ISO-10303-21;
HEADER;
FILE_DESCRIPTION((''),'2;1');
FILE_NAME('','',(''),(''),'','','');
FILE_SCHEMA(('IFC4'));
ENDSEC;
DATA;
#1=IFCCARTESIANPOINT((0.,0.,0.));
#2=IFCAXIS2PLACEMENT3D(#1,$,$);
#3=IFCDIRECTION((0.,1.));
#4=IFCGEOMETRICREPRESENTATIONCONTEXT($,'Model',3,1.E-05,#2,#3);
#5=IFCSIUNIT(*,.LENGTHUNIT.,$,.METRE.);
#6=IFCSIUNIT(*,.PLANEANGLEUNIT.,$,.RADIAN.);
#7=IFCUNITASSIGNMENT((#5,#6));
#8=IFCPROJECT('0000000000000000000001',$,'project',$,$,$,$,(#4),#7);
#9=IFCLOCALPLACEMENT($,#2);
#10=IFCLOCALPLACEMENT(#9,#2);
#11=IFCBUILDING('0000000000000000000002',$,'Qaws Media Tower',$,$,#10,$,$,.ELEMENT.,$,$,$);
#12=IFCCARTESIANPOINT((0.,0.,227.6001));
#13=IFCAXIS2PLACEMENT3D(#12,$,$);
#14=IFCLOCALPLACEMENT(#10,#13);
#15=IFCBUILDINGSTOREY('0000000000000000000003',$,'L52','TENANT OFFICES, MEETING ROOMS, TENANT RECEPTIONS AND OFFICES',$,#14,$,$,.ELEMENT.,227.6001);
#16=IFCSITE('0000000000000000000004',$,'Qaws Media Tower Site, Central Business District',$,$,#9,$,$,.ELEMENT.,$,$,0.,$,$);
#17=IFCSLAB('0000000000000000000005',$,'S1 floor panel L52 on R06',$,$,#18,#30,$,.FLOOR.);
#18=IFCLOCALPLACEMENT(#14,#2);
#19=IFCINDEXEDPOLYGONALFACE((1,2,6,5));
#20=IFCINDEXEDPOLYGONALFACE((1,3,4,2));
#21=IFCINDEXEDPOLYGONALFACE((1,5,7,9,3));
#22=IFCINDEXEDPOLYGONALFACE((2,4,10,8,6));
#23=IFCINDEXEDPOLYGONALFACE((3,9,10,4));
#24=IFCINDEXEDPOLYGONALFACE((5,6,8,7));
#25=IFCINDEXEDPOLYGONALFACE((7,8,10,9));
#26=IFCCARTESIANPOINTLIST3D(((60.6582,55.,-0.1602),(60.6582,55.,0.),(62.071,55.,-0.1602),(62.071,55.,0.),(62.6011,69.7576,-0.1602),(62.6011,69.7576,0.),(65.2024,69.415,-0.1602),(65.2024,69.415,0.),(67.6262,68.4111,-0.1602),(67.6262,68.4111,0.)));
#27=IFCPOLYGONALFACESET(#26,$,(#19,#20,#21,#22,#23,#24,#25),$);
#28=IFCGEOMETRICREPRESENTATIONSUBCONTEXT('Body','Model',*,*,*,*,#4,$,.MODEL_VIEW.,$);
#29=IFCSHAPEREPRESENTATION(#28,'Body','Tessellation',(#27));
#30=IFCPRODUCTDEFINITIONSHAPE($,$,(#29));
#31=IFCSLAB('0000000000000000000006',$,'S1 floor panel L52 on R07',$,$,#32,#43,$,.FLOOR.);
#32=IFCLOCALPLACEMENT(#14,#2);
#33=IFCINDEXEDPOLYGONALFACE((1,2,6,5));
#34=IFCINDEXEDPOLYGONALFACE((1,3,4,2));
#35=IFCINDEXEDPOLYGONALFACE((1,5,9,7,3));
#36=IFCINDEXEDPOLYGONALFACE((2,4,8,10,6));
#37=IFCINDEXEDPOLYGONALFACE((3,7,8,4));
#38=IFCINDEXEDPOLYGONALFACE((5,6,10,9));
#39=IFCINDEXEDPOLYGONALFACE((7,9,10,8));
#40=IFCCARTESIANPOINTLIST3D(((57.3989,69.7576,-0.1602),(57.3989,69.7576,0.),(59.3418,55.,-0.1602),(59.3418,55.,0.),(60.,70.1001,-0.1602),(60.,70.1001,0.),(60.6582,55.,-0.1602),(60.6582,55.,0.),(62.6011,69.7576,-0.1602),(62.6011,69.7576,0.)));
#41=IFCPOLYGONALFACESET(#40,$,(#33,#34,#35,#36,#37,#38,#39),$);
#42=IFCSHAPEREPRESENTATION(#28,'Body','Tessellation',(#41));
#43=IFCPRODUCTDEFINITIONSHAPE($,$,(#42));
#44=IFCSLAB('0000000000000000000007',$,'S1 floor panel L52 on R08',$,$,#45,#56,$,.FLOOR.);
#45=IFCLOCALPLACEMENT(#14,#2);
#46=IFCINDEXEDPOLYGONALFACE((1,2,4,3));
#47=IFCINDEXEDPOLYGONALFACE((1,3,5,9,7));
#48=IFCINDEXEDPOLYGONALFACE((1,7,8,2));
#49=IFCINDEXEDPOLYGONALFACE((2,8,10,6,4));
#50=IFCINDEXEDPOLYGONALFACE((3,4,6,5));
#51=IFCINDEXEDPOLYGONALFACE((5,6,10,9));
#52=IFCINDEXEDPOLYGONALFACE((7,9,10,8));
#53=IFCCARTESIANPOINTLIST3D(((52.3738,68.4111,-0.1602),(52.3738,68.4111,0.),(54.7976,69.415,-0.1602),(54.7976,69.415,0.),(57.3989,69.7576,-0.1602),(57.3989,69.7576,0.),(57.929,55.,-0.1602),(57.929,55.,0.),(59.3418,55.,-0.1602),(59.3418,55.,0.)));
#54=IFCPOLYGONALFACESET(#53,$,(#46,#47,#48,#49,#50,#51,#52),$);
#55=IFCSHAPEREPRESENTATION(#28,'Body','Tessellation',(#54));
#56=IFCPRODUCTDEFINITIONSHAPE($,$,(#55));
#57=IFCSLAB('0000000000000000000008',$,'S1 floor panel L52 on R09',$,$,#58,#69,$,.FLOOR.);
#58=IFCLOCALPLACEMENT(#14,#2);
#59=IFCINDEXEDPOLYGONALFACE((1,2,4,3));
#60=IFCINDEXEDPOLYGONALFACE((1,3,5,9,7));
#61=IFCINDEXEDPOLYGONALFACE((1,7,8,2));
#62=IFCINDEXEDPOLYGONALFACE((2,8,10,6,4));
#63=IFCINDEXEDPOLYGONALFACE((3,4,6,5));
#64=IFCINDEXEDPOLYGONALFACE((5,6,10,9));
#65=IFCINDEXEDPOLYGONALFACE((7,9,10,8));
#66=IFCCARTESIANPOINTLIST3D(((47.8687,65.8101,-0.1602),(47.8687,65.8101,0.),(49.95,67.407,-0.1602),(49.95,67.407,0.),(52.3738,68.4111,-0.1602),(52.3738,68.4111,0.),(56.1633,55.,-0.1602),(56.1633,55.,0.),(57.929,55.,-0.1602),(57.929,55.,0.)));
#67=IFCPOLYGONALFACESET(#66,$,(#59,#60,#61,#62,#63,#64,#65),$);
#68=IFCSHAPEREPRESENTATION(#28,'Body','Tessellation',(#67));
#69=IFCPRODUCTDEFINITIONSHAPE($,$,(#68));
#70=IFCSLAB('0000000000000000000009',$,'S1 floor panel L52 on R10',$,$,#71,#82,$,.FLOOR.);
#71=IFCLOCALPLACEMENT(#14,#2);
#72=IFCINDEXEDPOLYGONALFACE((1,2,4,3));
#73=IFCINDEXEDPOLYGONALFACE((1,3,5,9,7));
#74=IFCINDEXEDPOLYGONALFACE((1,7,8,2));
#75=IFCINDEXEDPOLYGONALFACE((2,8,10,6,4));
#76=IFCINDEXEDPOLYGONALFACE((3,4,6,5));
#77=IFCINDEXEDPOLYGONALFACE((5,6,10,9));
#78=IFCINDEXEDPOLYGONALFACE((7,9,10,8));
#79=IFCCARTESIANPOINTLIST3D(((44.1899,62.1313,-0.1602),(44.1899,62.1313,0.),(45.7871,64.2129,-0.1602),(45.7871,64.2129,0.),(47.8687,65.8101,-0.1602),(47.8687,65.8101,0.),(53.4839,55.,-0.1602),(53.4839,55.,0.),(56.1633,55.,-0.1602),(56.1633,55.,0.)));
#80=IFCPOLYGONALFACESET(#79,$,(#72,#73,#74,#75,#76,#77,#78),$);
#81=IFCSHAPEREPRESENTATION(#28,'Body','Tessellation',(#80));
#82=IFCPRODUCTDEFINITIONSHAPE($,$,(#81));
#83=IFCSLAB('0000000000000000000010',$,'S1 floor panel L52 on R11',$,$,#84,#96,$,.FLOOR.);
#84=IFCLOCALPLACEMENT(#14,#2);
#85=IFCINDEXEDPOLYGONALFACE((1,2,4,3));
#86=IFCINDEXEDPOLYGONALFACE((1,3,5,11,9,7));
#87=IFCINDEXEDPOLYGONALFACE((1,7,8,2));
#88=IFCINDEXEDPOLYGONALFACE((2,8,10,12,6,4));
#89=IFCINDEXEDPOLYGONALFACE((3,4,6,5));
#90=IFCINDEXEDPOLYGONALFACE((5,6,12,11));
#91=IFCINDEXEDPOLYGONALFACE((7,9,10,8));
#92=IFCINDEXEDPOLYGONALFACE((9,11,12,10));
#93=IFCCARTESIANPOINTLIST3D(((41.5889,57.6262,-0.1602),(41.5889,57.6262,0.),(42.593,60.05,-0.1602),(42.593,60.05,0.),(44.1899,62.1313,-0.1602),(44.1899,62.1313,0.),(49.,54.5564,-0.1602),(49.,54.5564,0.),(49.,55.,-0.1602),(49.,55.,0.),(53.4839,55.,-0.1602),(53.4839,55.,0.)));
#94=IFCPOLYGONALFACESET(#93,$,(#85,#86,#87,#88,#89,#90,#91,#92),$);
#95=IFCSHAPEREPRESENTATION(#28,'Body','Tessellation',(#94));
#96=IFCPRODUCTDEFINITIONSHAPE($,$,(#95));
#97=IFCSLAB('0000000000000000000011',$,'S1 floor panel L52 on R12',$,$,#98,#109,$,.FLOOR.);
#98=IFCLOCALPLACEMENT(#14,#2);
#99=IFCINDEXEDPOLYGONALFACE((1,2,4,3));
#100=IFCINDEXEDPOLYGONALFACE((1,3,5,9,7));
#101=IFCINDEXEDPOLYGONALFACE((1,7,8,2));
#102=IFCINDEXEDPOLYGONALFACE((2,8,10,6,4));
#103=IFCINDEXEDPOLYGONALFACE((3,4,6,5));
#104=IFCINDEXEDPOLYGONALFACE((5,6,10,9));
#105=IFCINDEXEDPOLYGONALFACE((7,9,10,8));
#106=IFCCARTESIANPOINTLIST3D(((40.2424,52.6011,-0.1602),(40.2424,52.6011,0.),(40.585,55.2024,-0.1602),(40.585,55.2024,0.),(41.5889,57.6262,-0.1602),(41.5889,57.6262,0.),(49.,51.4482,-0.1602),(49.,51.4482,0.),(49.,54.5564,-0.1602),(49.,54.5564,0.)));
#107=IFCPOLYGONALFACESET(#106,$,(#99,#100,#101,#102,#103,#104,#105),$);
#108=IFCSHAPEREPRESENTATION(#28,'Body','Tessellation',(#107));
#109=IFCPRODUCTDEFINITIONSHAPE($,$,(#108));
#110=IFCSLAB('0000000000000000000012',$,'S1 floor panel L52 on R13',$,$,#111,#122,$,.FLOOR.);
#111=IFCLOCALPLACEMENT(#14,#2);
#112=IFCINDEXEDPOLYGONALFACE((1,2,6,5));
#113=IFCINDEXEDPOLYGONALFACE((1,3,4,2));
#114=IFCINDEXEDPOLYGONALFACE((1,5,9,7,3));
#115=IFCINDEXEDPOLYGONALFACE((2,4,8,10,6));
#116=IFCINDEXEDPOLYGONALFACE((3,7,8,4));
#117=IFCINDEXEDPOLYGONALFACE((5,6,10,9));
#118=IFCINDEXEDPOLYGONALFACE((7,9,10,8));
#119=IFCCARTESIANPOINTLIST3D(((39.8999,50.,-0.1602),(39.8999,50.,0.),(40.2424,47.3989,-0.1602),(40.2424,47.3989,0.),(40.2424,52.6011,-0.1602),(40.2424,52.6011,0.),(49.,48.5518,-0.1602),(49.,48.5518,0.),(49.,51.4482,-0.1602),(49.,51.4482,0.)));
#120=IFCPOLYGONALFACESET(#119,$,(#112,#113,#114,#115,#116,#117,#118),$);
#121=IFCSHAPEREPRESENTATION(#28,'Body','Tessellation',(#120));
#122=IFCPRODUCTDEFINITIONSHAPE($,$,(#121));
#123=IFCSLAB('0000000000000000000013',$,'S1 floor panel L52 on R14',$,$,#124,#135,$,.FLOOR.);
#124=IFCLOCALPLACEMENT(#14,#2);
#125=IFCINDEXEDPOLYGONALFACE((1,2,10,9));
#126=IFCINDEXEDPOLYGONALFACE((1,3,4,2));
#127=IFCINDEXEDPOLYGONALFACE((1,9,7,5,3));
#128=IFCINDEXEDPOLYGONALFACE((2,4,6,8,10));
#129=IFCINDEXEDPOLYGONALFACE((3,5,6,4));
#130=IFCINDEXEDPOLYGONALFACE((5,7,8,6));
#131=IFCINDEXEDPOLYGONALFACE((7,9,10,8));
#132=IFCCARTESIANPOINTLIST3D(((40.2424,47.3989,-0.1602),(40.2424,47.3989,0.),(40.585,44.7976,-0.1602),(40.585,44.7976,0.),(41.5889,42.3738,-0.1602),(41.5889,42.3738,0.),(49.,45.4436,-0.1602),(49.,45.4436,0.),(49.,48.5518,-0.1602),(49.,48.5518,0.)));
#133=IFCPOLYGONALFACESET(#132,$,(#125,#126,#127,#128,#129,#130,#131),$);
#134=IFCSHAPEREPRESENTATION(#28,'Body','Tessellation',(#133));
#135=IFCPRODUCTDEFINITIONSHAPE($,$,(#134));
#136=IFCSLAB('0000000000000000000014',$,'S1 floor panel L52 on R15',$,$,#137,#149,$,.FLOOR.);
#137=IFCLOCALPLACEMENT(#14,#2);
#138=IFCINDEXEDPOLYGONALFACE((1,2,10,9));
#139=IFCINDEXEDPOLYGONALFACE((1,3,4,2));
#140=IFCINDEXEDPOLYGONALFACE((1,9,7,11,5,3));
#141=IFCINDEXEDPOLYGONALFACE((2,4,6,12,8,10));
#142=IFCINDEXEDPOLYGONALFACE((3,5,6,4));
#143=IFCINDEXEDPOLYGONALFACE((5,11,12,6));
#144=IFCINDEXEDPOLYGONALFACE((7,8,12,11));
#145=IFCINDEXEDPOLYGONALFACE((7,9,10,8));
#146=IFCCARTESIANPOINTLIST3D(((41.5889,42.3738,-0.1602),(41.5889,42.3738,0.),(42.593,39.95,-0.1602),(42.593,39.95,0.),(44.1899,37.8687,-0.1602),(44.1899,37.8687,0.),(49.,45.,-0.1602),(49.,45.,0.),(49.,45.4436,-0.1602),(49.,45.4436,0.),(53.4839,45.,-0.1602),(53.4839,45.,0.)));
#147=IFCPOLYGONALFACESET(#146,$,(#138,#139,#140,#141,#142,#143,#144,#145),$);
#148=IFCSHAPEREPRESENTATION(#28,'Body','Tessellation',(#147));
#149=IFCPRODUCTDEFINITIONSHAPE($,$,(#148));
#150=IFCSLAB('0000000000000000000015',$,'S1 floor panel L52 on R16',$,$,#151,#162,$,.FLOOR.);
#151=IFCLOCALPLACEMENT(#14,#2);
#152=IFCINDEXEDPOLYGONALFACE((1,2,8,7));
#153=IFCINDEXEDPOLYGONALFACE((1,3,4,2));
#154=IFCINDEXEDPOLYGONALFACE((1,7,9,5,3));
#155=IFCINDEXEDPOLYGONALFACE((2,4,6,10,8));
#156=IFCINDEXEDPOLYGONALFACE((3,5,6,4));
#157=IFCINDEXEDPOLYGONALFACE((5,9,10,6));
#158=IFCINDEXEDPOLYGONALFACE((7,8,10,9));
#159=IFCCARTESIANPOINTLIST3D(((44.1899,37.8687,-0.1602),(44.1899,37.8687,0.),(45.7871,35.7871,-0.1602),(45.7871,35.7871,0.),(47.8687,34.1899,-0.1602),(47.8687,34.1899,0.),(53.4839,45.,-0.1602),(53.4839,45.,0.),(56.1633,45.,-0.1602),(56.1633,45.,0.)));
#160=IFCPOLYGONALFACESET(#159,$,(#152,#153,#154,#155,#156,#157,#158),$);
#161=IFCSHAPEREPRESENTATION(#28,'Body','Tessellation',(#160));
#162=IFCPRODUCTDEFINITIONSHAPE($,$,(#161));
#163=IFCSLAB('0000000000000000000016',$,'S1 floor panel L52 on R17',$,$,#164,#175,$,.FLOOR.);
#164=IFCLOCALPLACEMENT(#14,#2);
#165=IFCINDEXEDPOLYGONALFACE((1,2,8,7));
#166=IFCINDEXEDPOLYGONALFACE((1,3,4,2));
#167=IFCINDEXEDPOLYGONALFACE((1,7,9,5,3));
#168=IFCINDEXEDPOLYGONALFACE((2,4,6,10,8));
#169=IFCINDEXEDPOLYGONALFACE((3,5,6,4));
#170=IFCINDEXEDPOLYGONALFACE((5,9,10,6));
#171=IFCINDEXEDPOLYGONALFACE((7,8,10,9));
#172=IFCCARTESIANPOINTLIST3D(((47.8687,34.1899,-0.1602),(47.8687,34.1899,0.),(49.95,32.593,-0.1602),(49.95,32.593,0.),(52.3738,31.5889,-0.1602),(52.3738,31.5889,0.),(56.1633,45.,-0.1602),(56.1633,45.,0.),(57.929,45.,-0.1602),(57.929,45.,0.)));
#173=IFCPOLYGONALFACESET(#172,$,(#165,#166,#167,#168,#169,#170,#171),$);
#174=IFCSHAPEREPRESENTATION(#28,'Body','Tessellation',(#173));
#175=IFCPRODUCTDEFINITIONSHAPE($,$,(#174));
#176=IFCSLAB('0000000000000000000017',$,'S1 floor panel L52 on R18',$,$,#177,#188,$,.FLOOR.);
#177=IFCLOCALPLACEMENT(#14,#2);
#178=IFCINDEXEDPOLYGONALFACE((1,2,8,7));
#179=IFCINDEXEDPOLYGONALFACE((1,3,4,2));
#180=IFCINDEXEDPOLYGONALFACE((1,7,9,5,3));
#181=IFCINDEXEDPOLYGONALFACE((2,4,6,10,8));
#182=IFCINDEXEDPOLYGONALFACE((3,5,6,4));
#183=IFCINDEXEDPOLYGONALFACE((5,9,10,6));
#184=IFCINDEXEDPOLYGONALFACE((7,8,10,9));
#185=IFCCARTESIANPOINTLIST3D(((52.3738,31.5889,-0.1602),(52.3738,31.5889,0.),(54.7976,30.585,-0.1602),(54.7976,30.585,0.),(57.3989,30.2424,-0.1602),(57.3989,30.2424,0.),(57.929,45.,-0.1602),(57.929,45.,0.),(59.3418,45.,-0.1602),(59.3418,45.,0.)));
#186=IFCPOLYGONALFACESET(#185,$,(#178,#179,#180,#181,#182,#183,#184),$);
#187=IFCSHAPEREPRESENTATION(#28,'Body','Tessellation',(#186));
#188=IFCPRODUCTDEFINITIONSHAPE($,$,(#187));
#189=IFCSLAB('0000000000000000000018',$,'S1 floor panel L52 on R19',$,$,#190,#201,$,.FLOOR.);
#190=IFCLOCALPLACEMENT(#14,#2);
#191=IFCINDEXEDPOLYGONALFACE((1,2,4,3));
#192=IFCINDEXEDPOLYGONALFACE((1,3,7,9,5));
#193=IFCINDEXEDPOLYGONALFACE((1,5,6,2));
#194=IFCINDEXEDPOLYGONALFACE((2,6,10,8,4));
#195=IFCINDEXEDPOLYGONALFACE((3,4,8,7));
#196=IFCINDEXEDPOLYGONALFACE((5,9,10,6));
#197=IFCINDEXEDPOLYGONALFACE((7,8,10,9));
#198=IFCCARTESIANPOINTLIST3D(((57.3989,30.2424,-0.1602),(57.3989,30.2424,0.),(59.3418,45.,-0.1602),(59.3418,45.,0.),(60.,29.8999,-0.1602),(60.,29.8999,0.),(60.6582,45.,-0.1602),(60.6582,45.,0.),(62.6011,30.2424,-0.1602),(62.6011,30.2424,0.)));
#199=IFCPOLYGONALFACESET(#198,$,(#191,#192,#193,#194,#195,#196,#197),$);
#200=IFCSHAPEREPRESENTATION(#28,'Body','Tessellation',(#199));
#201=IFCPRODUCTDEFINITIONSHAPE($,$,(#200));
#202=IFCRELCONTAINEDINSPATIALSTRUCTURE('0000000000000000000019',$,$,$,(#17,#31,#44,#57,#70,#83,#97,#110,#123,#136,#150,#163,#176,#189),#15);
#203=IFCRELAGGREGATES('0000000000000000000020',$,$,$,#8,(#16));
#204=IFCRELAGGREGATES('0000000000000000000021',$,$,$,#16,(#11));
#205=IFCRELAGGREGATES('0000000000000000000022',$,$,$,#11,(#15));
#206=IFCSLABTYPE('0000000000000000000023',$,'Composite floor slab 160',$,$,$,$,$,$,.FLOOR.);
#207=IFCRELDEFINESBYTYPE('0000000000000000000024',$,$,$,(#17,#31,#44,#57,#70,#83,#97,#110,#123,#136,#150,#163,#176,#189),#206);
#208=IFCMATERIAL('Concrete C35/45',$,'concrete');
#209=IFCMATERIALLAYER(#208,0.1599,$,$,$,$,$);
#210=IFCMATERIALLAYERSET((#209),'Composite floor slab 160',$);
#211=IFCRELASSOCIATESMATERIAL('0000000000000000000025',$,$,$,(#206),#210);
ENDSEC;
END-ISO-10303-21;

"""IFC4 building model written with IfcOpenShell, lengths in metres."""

from ifc_helpers import new_model, si_unit, direction, frame, origin, place, context, subcontext, project, spatial, polyline, outline, extrude, material, layer, layer_set, type_object, element, save


model = new_model("IFC4")

# Units and contexts
model_context = context("Model", 3, precision=1e-05, world=origin(), true_north=direction((0.0, 1.0)))
body_context = subcontext(model_context, "Body", "Model", "MODEL_VIEW")
ifc_project = project(units=[si_unit("LENGTHUNIT", "METRE"), si_unit("PLANEANGLEUNIT", "RADIAN")], contexts=[model_context])

# Site, building, storey
site_placement = place(None, origin())
site = spatial("IfcSite", under=ifc_project, at=site_placement, Name="Qaws Media Tower Site, Central Business District", CompositionType="ELEMENT", RefElevation=0.0)
building_placement = place(site_placement, origin())
building = spatial("IfcBuilding", under=site, at=building_placement, Name="Qaws Media Tower", CompositionType="ELEMENT")
storey_placement = place(building_placement, frame((0.0, 0.0, 227.6001)))
storey = spatial("IfcBuildingStorey", under=building, at=storey_placement, Name="L52", Description="TENANT OFFICES, MEETING ROOMS, TENANT RECEPTIONS AND OFFICES", CompositionType="ELEMENT", Elevation=227.6001)

# Slabs
ifc_material_1 = material(Name="Concrete C35/45", Category="concrete")
ifc_layer_1 = layer(ifc_material_1, 0.1599)
ifc_layer_set_1 = layer_set([ifc_layer_1], Name="Composite floor slab 160")
slab_type_1 = type_object("IfcSlabType", Name="Composite floor slab 160", PredefinedType="FLOOR", material=ifc_layer_set_1)
slab_1_placement = place(storey_placement, frame((0.0, 0.0, -0.1602)))
element("IfcSlab", 1, at=slab_1_placement, inside=storey, type_object=slab_type_1, Name="S1 floor panel L52 on R06", PredefinedType="FLOOR", context=body_context, shape_type="SweptSolid", body=[
    extrude(outline(polyline([(65.2024, 69.415), (67.6262, 68.4111), (62.071, 55.0), (60.6582, 55.0), (62.6011, 69.7576), (65.2024, 69.415)])), origin(), (0.0, 0.0, 1.0), 0.1602),
])
slab_2_placement = place(storey_placement, frame((0.0, 0.0, -0.1602)))
element("IfcSlab", 2, at=slab_2_placement, inside=storey, type_object=slab_type_1, Name="S1 floor panel L52 on R07", PredefinedType="FLOOR", context=body_context, shape_type="SweptSolid", body=[
    extrude(outline(polyline([(60.0, 70.1001), (62.6011, 69.7576), (60.6582, 55.0), (59.3418, 55.0), (57.3989, 69.7576), (60.0, 70.1001)])), origin(), (0.0, 0.0, 1.0), 0.1602),
])
slab_3_placement = place(storey_placement, frame((0.0, 0.0, -0.1602)))
element("IfcSlab", 3, at=slab_3_placement, inside=storey, type_object=slab_type_1, Name="S1 floor panel L52 on R08", PredefinedType="FLOOR", context=body_context, shape_type="SweptSolid", body=[
    extrude(outline(polyline([(54.7976, 69.415), (57.3989, 69.7576), (59.3418, 55.0), (57.929, 55.0), (52.3738, 68.4111), (54.7976, 69.415)])), origin(), (0.0, 0.0, 1.0), 0.1602),
])
slab_4_placement = place(storey_placement, frame((0.0, 0.0, -0.1602)))
element("IfcSlab", 4, at=slab_4_placement, inside=storey, type_object=slab_type_1, Name="S1 floor panel L52 on R09", PredefinedType="FLOOR", context=body_context, shape_type="SweptSolid", body=[
    extrude(outline(polyline([(49.95, 67.407), (52.3738, 68.4111), (57.929, 55.0), (56.1633, 55.0), (47.8687, 65.8101), (49.95, 67.407)])), origin(), (0.0, 0.0, 1.0), 0.1602),
])
slab_5_placement = place(storey_placement, frame((0.0, 0.0, -0.1602)))
element("IfcSlab", 5, at=slab_5_placement, inside=storey, type_object=slab_type_1, Name="S1 floor panel L52 on R10", PredefinedType="FLOOR", context=body_context, shape_type="SweptSolid", body=[
    extrude(outline(polyline([(45.7871, 64.2129), (47.8687, 65.8101), (56.1633, 55.0), (53.4839, 55.0), (44.1899, 62.1313), (45.7871, 64.2129)])), origin(), (0.0, 0.0, 1.0), 0.1602),
])
slab_6_placement = place(storey_placement, frame((0.0, 0.0, -0.1602)))
element("IfcSlab", 6, at=slab_6_placement, inside=storey, type_object=slab_type_1, Name="S1 floor panel L52 on R11", PredefinedType="FLOOR", context=body_context, shape_type="SweptSolid", body=[
    extrude(outline(polyline([(42.593, 60.05), (44.1899, 62.1313), (53.4839, 55.0), (49.0, 55.0), (49.0, 54.5564), (41.5889, 57.6262), (42.593, 60.05)])), origin(), (0.0, 0.0, 1.0), 0.1602),
])
slab_7_placement = place(storey_placement, frame((0.0, 0.0, -0.1602)))
element("IfcSlab", 7, at=slab_7_placement, inside=storey, type_object=slab_type_1, Name="S1 floor panel L52 on R12", PredefinedType="FLOOR", context=body_context, shape_type="SweptSolid", body=[
    extrude(outline(polyline([(40.585, 55.2024), (41.5889, 57.6262), (49.0, 54.5564), (49.0, 51.4482), (40.2424, 52.6011), (40.585, 55.2024)])), origin(), (0.0, 0.0, 1.0), 0.1602),
])
slab_8_placement = place(storey_placement, frame((0.0, 0.0, -0.1602)))
element("IfcSlab", 8, at=slab_8_placement, inside=storey, type_object=slab_type_1, Name="S1 floor panel L52 on R13", PredefinedType="FLOOR", context=body_context, shape_type="SweptSolid", body=[
    extrude(outline(polyline([(39.8999, 50.0), (40.2424, 52.6011), (49.0, 51.4482), (49.0, 48.5518), (40.2424, 47.3989), (39.8999, 50.0)])), origin(), (0.0, 0.0, 1.0), 0.1602),
])
slab_9_placement = place(storey_placement, frame((0.0, 0.0, -0.1602)))
element("IfcSlab", 9, at=slab_9_placement, inside=storey, type_object=slab_type_1, Name="S1 floor panel L52 on R14", PredefinedType="FLOOR", context=body_context, shape_type="SweptSolid", body=[
    extrude(outline(polyline([(40.585, 44.7976), (40.2424, 47.3989), (49.0, 48.5518), (49.0, 45.4436), (41.5889, 42.3738), (40.585, 44.7976)])), origin(), (0.0, 0.0, 1.0), 0.1602),
])
slab_10_placement = place(storey_placement, frame((0.0, 0.0, -0.1602)))
element("IfcSlab", 10, at=slab_10_placement, inside=storey, type_object=slab_type_1, Name="S1 floor panel L52 on R15", PredefinedType="FLOOR", context=body_context, shape_type="SweptSolid", body=[
    extrude(outline(polyline([(42.593, 39.95), (41.5889, 42.3738), (49.0, 45.4436), (49.0, 45.0), (53.4839, 45.0), (44.1899, 37.8687), (42.593, 39.95)])), origin(), (0.0, 0.0, 1.0), 0.1602),
])
slab_11_placement = place(storey_placement, frame((0.0, 0.0, -0.1602)))
element("IfcSlab", 11, at=slab_11_placement, inside=storey, type_object=slab_type_1, Name="S1 floor panel L52 on R16", PredefinedType="FLOOR", context=body_context, shape_type="SweptSolid", body=[
    extrude(outline(polyline([(45.7871, 35.7871), (44.1899, 37.8687), (53.4839, 45.0), (56.1633, 45.0), (47.8687, 34.1899), (45.7871, 35.7871)])), origin(), (0.0, 0.0, 1.0), 0.1602),
])
slab_12_placement = place(storey_placement, frame((0.0, 0.0, -0.1602)))
element("IfcSlab", 12, at=slab_12_placement, inside=storey, type_object=slab_type_1, Name="S1 floor panel L52 on R17", PredefinedType="FLOOR", context=body_context, shape_type="SweptSolid", body=[
    extrude(outline(polyline([(49.95, 32.593), (47.8687, 34.1899), (56.1633, 45.0), (57.929, 45.0), (52.3738, 31.5889), (49.95, 32.593)])), origin(), (0.0, 0.0, 1.0), 0.1602),
])
slab_13_placement = place(storey_placement, frame((0.0, 0.0, -0.1602)))
element("IfcSlab", 13, at=slab_13_placement, inside=storey, type_object=slab_type_1, Name="S1 floor panel L52 on R18", PredefinedType="FLOOR", context=body_context, shape_type="SweptSolid", body=[
    extrude(outline(polyline([(54.7976, 30.585), (52.3738, 31.5889), (57.929, 45.0), (59.3418, 45.0), (57.3989, 30.2424), (54.7976, 30.585)])), origin(), (0.0, 0.0, 1.0), 0.1602),
])
slab_14_placement = place(storey_placement, frame((0.0, 0.0, -0.1602)))
element("IfcSlab", 14, at=slab_14_placement, inside=storey, type_object=slab_type_1, Name="S1 floor panel L52 on R19", PredefinedType="FLOOR", context=body_context, shape_type="SweptSolid", body=[
    extrude(outline(polyline([(60.0, 29.8999), (57.3989, 30.2424), (59.3418, 45.0), (60.6582, 45.0), (62.6011, 30.2424), (60.0, 29.8999)])), origin(), (0.0, 0.0, 1.0), 0.1602),
])

save(model, "model.ifc")
